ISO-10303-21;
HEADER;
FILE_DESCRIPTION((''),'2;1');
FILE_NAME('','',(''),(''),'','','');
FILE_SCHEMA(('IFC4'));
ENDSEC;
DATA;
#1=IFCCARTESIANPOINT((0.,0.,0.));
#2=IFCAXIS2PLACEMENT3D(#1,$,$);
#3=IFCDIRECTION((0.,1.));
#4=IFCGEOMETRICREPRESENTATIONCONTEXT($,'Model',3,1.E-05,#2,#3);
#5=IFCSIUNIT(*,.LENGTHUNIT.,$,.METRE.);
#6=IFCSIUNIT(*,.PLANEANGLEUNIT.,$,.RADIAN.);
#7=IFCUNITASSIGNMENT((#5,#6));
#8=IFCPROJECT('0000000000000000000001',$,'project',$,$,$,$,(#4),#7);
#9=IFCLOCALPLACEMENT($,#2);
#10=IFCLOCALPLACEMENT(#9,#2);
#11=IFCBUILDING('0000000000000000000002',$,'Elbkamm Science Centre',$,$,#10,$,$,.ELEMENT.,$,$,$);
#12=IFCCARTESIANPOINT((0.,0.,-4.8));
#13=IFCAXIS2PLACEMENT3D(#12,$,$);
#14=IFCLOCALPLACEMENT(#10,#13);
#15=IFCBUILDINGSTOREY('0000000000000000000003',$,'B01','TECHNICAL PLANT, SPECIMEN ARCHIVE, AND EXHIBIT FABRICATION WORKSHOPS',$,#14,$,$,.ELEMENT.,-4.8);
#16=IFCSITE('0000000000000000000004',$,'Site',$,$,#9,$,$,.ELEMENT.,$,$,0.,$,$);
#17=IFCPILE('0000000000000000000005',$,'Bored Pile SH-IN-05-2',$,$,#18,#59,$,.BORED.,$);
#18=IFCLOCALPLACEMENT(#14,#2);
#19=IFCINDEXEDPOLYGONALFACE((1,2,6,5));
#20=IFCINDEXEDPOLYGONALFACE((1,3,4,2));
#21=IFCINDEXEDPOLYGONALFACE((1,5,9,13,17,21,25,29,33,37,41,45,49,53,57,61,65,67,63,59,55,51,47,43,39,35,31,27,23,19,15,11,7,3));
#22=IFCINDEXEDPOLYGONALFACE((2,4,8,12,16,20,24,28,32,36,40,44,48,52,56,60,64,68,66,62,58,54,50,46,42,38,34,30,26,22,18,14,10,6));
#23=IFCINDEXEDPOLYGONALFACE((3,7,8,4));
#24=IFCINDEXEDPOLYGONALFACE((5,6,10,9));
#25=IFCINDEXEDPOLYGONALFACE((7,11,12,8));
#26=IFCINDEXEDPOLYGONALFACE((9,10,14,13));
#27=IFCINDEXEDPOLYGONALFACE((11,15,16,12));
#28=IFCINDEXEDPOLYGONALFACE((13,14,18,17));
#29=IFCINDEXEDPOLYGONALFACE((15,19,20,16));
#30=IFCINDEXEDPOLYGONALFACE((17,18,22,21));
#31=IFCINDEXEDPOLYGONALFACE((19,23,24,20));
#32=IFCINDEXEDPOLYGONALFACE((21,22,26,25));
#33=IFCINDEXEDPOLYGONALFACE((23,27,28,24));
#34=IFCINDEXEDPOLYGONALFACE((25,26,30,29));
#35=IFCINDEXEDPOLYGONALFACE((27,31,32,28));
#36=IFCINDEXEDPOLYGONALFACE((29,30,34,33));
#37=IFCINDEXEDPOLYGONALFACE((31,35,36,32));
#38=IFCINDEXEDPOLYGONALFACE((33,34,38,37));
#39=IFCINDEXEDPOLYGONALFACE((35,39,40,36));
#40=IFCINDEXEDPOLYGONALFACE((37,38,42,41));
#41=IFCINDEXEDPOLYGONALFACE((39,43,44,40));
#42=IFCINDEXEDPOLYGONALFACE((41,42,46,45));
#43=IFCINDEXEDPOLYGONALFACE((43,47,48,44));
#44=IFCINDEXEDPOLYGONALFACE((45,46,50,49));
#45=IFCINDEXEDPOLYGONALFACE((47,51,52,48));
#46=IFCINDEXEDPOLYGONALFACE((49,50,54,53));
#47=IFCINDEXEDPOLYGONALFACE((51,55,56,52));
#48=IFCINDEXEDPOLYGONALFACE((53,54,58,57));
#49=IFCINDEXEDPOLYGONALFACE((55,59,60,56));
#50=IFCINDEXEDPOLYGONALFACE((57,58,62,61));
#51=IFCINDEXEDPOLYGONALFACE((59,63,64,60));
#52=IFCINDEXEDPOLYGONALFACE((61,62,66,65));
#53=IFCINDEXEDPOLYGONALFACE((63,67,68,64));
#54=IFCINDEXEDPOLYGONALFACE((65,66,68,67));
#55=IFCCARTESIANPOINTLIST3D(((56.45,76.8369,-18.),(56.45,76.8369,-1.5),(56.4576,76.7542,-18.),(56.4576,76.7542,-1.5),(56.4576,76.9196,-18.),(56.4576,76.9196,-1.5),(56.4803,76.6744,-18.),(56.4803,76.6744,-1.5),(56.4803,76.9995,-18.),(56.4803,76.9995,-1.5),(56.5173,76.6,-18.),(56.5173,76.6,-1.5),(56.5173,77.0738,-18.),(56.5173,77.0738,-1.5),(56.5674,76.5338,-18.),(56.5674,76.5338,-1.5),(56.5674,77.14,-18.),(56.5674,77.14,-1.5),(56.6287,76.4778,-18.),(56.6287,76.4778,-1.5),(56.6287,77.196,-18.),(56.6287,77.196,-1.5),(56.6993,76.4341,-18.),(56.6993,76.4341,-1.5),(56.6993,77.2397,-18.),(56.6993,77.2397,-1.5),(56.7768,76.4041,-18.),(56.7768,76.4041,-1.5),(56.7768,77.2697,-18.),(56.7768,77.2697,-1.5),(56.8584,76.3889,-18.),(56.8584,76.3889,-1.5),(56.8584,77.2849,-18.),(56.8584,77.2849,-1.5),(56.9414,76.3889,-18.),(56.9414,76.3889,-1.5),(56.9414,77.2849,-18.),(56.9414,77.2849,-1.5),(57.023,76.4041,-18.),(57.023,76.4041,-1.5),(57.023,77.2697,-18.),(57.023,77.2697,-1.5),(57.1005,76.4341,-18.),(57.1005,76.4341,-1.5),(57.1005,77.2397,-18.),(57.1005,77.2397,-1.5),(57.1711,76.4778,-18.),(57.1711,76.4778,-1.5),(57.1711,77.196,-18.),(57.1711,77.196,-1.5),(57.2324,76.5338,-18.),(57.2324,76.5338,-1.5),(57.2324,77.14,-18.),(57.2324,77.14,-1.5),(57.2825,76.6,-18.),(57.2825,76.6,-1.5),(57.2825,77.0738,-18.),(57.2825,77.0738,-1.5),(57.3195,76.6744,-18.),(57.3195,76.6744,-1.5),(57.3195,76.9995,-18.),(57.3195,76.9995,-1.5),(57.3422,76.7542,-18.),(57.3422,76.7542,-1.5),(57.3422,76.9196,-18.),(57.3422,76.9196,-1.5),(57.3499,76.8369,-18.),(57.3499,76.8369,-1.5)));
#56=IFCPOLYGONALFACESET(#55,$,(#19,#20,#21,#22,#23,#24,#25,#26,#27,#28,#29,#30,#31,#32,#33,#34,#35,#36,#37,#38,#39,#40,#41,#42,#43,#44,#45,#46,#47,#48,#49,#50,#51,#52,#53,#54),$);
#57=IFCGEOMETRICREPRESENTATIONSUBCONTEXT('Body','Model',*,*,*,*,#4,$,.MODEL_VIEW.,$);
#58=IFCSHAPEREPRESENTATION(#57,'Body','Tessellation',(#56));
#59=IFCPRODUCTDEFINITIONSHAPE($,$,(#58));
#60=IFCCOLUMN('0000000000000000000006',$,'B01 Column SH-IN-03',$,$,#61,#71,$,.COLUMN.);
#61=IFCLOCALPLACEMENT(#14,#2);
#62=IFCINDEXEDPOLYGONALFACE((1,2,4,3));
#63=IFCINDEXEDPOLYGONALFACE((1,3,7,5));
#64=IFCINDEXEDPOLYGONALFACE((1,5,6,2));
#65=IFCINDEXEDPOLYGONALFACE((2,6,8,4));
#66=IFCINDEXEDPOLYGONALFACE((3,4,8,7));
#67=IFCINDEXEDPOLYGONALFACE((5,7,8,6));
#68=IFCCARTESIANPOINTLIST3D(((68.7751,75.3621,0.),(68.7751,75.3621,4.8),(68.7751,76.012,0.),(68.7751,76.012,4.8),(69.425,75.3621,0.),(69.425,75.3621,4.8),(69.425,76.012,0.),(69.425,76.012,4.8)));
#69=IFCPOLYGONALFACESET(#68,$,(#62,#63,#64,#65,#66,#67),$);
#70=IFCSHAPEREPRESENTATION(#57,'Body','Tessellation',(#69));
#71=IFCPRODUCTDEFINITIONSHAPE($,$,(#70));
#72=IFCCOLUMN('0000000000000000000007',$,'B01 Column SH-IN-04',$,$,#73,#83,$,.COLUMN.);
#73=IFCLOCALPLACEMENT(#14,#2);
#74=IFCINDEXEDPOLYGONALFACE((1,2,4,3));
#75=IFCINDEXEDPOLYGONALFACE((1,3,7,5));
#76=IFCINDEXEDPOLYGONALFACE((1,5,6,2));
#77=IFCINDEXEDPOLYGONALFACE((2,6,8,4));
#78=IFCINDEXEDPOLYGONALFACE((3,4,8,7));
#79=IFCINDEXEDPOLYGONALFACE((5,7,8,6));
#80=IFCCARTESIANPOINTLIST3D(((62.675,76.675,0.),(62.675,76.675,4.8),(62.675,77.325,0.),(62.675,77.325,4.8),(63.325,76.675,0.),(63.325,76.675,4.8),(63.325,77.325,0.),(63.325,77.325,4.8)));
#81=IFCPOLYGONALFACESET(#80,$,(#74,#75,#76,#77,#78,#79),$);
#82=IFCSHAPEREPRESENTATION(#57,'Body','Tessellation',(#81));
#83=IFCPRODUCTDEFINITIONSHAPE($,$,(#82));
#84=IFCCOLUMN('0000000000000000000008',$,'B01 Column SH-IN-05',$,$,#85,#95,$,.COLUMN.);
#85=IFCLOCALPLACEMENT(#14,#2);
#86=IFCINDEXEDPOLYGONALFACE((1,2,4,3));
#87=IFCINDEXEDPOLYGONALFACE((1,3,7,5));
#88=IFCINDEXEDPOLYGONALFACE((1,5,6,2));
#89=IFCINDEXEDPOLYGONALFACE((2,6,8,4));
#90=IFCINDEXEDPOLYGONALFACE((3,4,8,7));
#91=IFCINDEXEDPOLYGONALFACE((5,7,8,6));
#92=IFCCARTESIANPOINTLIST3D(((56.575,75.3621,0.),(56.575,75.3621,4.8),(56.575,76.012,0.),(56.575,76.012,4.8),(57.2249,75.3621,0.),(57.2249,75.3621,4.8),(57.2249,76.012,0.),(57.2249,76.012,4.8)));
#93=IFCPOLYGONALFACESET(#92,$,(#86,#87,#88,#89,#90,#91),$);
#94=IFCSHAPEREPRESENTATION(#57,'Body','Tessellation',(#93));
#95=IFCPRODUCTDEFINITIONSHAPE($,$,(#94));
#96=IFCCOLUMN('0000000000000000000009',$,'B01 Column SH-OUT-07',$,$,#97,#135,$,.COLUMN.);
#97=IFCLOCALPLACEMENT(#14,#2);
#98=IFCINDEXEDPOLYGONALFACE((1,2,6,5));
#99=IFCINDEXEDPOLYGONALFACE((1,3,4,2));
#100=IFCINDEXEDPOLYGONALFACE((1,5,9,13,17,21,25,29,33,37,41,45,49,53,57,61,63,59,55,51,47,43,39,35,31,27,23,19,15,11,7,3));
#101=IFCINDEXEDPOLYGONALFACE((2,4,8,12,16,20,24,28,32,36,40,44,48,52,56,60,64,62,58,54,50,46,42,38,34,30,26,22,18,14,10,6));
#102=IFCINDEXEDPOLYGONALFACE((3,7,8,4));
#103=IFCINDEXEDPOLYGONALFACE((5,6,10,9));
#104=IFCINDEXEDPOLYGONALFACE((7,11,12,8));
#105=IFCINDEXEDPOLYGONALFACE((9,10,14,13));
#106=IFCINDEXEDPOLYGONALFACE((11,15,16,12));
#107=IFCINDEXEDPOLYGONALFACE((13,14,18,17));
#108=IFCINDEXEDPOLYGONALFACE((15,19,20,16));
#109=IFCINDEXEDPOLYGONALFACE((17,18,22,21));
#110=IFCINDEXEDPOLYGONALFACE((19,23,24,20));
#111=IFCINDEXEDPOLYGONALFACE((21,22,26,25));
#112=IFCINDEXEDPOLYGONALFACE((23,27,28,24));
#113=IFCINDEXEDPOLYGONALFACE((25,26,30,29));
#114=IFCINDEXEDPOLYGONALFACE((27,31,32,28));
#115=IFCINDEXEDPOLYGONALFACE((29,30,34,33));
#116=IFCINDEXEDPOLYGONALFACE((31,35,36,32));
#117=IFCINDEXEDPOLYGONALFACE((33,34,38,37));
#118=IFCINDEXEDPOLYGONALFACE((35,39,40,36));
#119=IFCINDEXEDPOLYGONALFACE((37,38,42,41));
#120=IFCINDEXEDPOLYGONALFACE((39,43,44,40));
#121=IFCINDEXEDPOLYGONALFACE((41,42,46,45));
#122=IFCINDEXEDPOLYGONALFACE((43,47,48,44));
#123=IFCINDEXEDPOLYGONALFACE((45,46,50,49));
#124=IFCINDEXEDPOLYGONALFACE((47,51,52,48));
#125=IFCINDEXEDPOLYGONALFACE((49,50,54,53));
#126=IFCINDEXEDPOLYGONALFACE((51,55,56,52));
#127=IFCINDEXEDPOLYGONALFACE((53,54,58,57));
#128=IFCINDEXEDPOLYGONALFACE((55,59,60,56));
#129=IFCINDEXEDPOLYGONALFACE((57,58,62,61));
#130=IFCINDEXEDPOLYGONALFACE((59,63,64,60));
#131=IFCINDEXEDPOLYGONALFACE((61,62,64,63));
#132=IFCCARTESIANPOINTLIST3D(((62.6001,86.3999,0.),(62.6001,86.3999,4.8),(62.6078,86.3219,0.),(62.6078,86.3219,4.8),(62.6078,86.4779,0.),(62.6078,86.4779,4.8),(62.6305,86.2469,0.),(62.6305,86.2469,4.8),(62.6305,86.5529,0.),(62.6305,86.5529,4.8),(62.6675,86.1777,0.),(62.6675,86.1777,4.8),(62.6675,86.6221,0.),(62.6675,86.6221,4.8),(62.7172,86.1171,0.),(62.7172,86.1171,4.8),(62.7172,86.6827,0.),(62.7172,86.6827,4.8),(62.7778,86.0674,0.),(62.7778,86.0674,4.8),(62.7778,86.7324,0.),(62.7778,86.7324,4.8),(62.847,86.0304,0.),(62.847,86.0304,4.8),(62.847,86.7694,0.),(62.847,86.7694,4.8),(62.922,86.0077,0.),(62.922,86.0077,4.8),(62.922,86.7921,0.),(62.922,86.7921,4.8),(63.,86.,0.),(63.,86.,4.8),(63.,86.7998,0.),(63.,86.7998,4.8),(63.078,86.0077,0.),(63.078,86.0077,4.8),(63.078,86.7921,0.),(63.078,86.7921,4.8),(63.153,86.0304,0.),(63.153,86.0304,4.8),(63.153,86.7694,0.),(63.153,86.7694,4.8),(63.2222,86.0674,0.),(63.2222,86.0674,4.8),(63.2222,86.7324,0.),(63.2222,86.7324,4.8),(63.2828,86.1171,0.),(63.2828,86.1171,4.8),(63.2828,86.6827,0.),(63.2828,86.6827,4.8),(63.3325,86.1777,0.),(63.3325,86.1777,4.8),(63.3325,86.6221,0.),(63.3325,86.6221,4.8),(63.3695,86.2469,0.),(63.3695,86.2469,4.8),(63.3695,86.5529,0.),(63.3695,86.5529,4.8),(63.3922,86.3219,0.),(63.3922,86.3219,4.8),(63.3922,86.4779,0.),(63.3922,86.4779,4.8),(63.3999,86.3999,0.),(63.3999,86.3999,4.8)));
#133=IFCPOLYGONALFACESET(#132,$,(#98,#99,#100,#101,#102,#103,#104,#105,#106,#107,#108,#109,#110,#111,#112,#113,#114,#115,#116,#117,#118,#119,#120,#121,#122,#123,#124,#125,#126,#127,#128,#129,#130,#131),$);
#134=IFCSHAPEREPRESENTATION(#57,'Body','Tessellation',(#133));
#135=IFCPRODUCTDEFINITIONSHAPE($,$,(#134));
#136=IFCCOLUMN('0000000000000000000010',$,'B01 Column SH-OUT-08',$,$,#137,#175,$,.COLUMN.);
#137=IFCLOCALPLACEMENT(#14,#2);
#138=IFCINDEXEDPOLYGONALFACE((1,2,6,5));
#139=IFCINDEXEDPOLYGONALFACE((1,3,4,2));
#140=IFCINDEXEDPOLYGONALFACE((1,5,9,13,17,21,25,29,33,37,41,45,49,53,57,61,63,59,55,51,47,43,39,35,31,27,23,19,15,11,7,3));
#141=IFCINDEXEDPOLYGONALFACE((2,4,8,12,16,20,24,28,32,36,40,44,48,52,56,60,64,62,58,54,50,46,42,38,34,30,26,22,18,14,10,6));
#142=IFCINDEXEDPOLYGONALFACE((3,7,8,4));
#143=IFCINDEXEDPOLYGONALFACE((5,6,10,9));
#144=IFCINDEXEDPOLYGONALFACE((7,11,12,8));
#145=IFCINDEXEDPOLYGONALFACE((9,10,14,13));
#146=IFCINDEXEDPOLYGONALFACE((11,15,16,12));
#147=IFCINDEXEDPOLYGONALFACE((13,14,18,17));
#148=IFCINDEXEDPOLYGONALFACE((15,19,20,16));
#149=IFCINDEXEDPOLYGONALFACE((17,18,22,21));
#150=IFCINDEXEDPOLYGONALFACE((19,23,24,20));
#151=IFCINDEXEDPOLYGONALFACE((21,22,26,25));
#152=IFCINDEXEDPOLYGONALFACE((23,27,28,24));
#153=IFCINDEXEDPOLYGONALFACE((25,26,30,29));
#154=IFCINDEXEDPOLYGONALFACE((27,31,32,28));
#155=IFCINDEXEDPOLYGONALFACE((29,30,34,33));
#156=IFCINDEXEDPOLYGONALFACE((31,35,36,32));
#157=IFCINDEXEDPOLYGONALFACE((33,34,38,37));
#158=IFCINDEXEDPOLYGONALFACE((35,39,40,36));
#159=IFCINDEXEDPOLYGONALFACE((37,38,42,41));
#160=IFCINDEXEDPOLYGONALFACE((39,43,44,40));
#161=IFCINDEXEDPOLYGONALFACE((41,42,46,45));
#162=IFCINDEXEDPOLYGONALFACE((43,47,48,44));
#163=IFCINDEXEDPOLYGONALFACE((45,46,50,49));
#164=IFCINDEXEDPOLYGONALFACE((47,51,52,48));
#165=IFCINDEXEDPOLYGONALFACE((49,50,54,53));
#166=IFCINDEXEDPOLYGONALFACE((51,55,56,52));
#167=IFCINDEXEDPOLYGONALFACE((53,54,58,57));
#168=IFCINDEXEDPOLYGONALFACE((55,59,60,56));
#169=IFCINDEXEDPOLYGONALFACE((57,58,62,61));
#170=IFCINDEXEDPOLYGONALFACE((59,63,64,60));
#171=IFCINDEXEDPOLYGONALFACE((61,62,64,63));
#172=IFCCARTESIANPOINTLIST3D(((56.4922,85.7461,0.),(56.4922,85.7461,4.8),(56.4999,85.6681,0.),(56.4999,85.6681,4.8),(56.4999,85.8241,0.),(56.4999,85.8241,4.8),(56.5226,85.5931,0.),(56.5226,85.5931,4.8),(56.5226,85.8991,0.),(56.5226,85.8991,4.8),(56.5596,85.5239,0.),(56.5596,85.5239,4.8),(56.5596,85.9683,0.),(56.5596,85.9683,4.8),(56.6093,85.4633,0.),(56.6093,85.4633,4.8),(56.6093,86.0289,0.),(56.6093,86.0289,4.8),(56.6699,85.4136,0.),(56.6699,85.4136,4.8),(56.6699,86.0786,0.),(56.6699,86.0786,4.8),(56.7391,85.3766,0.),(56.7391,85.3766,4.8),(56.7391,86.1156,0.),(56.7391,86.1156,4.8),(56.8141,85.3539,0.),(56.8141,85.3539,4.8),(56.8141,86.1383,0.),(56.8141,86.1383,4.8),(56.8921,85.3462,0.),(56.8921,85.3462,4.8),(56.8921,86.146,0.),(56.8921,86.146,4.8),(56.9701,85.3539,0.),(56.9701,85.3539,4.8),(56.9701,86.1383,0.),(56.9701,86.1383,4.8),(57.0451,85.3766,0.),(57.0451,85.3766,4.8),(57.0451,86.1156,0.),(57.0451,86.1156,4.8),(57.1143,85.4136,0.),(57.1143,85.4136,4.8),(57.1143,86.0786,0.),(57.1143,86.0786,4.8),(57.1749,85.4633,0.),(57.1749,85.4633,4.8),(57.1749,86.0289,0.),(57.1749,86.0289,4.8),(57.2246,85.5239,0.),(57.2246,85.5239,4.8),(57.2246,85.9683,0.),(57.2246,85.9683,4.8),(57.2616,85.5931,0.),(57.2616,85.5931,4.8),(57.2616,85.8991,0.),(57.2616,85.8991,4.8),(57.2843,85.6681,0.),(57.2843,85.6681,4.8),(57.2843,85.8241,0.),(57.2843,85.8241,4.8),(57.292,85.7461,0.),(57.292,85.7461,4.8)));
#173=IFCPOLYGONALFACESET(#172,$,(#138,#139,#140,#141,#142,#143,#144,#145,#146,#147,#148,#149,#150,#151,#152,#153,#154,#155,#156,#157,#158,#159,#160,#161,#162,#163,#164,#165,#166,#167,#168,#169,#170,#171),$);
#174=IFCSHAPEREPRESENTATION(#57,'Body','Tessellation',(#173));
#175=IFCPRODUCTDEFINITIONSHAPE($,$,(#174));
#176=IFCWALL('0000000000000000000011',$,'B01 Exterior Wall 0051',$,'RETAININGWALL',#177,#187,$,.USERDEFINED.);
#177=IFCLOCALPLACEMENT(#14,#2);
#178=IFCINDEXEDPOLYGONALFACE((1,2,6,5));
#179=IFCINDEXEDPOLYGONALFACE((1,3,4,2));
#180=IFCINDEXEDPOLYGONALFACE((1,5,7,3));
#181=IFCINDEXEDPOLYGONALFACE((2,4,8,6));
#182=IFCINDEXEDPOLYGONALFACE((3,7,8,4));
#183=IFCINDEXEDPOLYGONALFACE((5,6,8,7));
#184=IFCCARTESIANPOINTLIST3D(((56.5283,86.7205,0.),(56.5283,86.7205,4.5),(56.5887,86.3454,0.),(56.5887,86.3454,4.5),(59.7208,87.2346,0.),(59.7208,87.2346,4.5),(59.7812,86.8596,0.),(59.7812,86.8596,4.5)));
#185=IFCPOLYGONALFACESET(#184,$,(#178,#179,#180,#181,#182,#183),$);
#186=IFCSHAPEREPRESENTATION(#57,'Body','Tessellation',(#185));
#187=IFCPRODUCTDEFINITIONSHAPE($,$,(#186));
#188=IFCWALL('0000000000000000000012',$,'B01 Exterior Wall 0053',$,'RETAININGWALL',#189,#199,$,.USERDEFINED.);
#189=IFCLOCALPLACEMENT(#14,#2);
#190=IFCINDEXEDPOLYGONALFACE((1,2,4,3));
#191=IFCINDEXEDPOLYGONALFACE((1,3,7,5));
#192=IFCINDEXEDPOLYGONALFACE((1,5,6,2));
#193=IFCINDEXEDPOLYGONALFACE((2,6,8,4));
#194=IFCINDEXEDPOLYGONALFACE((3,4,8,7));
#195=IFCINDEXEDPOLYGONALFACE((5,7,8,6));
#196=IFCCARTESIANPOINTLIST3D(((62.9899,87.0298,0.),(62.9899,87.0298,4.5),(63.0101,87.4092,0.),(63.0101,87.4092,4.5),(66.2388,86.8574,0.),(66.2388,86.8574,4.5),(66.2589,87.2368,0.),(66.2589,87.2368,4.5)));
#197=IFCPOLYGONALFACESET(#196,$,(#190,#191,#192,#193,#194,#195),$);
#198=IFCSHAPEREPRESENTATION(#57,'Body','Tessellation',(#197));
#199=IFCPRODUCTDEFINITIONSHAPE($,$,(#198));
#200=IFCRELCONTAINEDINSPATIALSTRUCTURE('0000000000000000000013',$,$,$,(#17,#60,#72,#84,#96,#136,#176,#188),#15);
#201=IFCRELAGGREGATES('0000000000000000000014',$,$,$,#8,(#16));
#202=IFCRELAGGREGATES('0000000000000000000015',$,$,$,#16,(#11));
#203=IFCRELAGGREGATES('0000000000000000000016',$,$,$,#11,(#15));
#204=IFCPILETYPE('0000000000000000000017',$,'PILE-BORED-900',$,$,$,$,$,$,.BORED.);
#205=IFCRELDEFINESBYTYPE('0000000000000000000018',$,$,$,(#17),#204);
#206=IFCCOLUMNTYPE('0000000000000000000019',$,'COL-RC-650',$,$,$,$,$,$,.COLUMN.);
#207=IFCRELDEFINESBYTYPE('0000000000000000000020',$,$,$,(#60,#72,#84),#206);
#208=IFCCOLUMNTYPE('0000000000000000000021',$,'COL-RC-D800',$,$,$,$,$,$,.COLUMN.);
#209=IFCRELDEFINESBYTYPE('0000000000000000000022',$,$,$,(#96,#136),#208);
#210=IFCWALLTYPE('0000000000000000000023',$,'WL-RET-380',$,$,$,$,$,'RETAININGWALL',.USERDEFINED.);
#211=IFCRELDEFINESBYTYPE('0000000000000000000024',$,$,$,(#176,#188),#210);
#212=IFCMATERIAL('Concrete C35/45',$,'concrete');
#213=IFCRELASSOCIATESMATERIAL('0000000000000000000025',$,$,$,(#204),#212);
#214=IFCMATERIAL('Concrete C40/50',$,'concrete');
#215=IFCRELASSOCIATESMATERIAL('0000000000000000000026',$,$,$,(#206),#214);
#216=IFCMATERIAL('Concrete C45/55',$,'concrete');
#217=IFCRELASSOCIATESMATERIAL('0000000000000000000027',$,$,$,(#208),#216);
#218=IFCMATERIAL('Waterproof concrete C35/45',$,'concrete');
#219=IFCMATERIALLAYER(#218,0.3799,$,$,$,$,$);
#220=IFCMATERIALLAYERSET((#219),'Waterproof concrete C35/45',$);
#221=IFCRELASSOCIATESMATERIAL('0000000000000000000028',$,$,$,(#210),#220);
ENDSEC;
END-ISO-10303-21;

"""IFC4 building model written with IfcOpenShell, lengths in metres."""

from ifc_helpers import new_model, si_unit, direction, frame, frame_2d, origin, origin_2d, place, context, subcontext, project, spatial, rectangle, circle, extrude, material, layer, layer_set, material_profile, profile_set, type_object, element, save


model = new_model("IFC4")

# Units and contexts
model_context = context("Model", 3, precision=1e-05, world=origin(), true_north=direction((0.0, 1.0)))
body_context = subcontext(model_context, "Body", "Model", "MODEL_VIEW")
ifc_project = project(units=[si_unit("LENGTHUNIT", "METRE"), si_unit("PLANEANGLEUNIT", "RADIAN")], contexts=[model_context])

# Site, building, storey
site_placement = place(None, origin())
site = spatial("IfcSite", under=ifc_project, at=site_placement, Name="Site", CompositionType="ELEMENT", RefElevation=0.0)
building_placement = place(site_placement, origin())
building = spatial("IfcBuilding", under=site, at=building_placement, Name="Elbkamm Science Centre", CompositionType="ELEMENT")
storey_placement = place(building_placement, frame((0.0, 0.0, -4.8)))
storey = spatial("IfcBuildingStorey", under=building, at=storey_placement, Name="B01", Description="TECHNICAL PLANT, SPECIMEN ARCHIVE, AND EXHIBIT FABRICATION WORKSHOPS", CompositionType="ELEMENT", Elevation=-4.8)

# Shared definitions
ifc_material_1 = material(Name="Concrete C35/45", Category="concrete")

# Pile
ifc_material_profile_1 = material_profile(ifc_material_1, circle(Radius=0.45, at=origin_2d()), Name="PILE D900")
ifc_profile_set_1 = profile_set([ifc_material_profile_1], Name="Concrete C35/45")
pile_type = type_object("IfcPileType", Name="PILE-BORED-900", PredefinedType="BORED", material=ifc_profile_set_1)
for number, where, z_axis, x_axis, name in (
    (1, (56.8999, 76.8369, -1.5), (0.0, 0.0, -1.0), (1.0, 0.0, 0.0), "Bored Pile SH-IN-05-2"),
):
    element("IfcPile", number, at=place(storey_placement, frame(where, z_axis=z_axis, x_axis=x_axis)), inside=storey, type_object=pile_type, Name=name, PredefinedType="BORED", context=body_context, shape_type="SweptSolid", body=[
        extrude(circle(Radius=0.45, at=origin_2d()), origin(), (0.0, 0.0, 1.0), 16.5),
    ])

# Columns
ifc_material_2 = material(Name="Concrete C40/50", Category="concrete")
ifc_material_profile_2 = material_profile(ifc_material_2, rectangle(XDim=0.6499, YDim=0.6499, at=origin_2d()), Name="RC 650x650")
ifc_profile_set_2 = profile_set([ifc_material_profile_2], Name="Concrete C40/50")
column_type_1 = type_object("IfcColumnType", Name="COL-RC-650", PredefinedType="COLUMN", material=ifc_profile_set_2)
for number, where, z_axis, x_axis, name in (
    (2, (69.1001, 75.687, 0.0), (0.0, 0.0, 1.0), (1.0, 0.0, 0.0), "B01 Column SH-IN-03"),
    (3, (63.0, 77.0, 0.0), (0.0, 0.0, 1.0), (1.0, 0.0, 0.0), "B01 Column SH-IN-04"),
    (4, (56.8999, 75.687, 0.0), (0.0, 0.0, 1.0), (1.0, 0.0, 0.0), "B01 Column SH-IN-05"),
):
    element("IfcColumn", number, at=place(storey_placement, frame(where, z_axis=z_axis, x_axis=x_axis)), inside=storey, type_object=column_type_1, Name=name, PredefinedType="COLUMN", context=body_context, shape_type="SweptSolid", body=[
        extrude(rectangle(XDim=0.6499, YDim=0.6499, at=origin_2d()), origin(), (0.0, 0.0, 1.0), 4.8),
    ])
ifc_material_3 = material(Name="Concrete C45/55", Category="concrete")
ifc_material_profile_3 = material_profile(ifc_material_3, circle(Radius=0.3999, at=origin_2d()), Name="RC D800")
ifc_profile_set_3 = profile_set([ifc_material_profile_3], Name="Concrete C45/55")
column_type_2 = type_object("IfcColumnType", Name="COL-RC-D800", PredefinedType="COLUMN", material=ifc_profile_set_3)
for number, where, z_axis, x_axis, name in (
    (5, (63.0, 86.3999, 0.0), (0.0, 0.0, 1.0), (1.0, 0.0, 0.0), "B01 Column SH-OUT-07"),
    (6, (56.8921, 85.7461, 0.0), (0.0, 0.0, 1.0), (1.0, 0.0, 0.0), "B01 Column SH-OUT-08"),
):
    element("IfcColumn", number, at=place(storey_placement, frame(where, z_axis=z_axis, x_axis=x_axis)), inside=storey, type_object=column_type_2, Name=name, PredefinedType="COLUMN", context=body_context, shape_type="SweptSolid", body=[
        extrude(circle(Radius=0.3999, at=origin_2d()), origin(), (0.0, 0.0, 1.0), 4.8),
    ])

# Walls
ifc_material_4 = material(Name="Waterproof concrete C35/45", Category="concrete")
ifc_layer_1 = layer(ifc_material_4, 0.3799)
ifc_layer_set_1 = layer_set([ifc_layer_1], Name="Waterproof concrete C35/45")
wall_type_1 = type_object("IfcWallType", Name="WL-RET-380", ElementType="RETAININGWALL", PredefinedType="USERDEFINED", material=ifc_layer_set_1)
wall_1_placement = place(storey_placement, frame((56.5586, 86.533, 0.0), z_axis=(0.0, 0.0, 1.0), x_axis=(0.987279, 0.158997, 0.0)))
element("IfcWall", 7, at=wall_1_placement, inside=storey, type_object=wall_type_1, Name="B01 Exterior Wall 0051", ObjectType="RETAININGWALL", PredefinedType="USERDEFINED", context=body_context, shape_type="SweptSolid", body=[
    extrude(rectangle(XDim=3.2336, YDim=0.3799, at=frame_2d((1.6167, 0.0))), origin(), (0.0, 0.0, 1.0), 4.5),
])
wall_2_placement = place(storey_placement, frame((63.0, 87.2195, 0.0), z_axis=(0.0, 0.0, 1.0), x_axis=(0.998596, -0.05298, 0.0)))
element("IfcWall", 8, at=wall_2_placement, inside=storey, type_object=wall_type_1, Name="B01 Exterior Wall 0053", ObjectType="RETAININGWALL", PredefinedType="USERDEFINED", context=body_context, shape_type="SweptSolid", body=[
    extrude(rectangle(XDim=3.2534, YDim=0.3799, at=frame_2d((1.6267, 0.0))), origin(), (0.0, 0.0, 1.0), 4.5),
])

save(model, "model.ifc")
